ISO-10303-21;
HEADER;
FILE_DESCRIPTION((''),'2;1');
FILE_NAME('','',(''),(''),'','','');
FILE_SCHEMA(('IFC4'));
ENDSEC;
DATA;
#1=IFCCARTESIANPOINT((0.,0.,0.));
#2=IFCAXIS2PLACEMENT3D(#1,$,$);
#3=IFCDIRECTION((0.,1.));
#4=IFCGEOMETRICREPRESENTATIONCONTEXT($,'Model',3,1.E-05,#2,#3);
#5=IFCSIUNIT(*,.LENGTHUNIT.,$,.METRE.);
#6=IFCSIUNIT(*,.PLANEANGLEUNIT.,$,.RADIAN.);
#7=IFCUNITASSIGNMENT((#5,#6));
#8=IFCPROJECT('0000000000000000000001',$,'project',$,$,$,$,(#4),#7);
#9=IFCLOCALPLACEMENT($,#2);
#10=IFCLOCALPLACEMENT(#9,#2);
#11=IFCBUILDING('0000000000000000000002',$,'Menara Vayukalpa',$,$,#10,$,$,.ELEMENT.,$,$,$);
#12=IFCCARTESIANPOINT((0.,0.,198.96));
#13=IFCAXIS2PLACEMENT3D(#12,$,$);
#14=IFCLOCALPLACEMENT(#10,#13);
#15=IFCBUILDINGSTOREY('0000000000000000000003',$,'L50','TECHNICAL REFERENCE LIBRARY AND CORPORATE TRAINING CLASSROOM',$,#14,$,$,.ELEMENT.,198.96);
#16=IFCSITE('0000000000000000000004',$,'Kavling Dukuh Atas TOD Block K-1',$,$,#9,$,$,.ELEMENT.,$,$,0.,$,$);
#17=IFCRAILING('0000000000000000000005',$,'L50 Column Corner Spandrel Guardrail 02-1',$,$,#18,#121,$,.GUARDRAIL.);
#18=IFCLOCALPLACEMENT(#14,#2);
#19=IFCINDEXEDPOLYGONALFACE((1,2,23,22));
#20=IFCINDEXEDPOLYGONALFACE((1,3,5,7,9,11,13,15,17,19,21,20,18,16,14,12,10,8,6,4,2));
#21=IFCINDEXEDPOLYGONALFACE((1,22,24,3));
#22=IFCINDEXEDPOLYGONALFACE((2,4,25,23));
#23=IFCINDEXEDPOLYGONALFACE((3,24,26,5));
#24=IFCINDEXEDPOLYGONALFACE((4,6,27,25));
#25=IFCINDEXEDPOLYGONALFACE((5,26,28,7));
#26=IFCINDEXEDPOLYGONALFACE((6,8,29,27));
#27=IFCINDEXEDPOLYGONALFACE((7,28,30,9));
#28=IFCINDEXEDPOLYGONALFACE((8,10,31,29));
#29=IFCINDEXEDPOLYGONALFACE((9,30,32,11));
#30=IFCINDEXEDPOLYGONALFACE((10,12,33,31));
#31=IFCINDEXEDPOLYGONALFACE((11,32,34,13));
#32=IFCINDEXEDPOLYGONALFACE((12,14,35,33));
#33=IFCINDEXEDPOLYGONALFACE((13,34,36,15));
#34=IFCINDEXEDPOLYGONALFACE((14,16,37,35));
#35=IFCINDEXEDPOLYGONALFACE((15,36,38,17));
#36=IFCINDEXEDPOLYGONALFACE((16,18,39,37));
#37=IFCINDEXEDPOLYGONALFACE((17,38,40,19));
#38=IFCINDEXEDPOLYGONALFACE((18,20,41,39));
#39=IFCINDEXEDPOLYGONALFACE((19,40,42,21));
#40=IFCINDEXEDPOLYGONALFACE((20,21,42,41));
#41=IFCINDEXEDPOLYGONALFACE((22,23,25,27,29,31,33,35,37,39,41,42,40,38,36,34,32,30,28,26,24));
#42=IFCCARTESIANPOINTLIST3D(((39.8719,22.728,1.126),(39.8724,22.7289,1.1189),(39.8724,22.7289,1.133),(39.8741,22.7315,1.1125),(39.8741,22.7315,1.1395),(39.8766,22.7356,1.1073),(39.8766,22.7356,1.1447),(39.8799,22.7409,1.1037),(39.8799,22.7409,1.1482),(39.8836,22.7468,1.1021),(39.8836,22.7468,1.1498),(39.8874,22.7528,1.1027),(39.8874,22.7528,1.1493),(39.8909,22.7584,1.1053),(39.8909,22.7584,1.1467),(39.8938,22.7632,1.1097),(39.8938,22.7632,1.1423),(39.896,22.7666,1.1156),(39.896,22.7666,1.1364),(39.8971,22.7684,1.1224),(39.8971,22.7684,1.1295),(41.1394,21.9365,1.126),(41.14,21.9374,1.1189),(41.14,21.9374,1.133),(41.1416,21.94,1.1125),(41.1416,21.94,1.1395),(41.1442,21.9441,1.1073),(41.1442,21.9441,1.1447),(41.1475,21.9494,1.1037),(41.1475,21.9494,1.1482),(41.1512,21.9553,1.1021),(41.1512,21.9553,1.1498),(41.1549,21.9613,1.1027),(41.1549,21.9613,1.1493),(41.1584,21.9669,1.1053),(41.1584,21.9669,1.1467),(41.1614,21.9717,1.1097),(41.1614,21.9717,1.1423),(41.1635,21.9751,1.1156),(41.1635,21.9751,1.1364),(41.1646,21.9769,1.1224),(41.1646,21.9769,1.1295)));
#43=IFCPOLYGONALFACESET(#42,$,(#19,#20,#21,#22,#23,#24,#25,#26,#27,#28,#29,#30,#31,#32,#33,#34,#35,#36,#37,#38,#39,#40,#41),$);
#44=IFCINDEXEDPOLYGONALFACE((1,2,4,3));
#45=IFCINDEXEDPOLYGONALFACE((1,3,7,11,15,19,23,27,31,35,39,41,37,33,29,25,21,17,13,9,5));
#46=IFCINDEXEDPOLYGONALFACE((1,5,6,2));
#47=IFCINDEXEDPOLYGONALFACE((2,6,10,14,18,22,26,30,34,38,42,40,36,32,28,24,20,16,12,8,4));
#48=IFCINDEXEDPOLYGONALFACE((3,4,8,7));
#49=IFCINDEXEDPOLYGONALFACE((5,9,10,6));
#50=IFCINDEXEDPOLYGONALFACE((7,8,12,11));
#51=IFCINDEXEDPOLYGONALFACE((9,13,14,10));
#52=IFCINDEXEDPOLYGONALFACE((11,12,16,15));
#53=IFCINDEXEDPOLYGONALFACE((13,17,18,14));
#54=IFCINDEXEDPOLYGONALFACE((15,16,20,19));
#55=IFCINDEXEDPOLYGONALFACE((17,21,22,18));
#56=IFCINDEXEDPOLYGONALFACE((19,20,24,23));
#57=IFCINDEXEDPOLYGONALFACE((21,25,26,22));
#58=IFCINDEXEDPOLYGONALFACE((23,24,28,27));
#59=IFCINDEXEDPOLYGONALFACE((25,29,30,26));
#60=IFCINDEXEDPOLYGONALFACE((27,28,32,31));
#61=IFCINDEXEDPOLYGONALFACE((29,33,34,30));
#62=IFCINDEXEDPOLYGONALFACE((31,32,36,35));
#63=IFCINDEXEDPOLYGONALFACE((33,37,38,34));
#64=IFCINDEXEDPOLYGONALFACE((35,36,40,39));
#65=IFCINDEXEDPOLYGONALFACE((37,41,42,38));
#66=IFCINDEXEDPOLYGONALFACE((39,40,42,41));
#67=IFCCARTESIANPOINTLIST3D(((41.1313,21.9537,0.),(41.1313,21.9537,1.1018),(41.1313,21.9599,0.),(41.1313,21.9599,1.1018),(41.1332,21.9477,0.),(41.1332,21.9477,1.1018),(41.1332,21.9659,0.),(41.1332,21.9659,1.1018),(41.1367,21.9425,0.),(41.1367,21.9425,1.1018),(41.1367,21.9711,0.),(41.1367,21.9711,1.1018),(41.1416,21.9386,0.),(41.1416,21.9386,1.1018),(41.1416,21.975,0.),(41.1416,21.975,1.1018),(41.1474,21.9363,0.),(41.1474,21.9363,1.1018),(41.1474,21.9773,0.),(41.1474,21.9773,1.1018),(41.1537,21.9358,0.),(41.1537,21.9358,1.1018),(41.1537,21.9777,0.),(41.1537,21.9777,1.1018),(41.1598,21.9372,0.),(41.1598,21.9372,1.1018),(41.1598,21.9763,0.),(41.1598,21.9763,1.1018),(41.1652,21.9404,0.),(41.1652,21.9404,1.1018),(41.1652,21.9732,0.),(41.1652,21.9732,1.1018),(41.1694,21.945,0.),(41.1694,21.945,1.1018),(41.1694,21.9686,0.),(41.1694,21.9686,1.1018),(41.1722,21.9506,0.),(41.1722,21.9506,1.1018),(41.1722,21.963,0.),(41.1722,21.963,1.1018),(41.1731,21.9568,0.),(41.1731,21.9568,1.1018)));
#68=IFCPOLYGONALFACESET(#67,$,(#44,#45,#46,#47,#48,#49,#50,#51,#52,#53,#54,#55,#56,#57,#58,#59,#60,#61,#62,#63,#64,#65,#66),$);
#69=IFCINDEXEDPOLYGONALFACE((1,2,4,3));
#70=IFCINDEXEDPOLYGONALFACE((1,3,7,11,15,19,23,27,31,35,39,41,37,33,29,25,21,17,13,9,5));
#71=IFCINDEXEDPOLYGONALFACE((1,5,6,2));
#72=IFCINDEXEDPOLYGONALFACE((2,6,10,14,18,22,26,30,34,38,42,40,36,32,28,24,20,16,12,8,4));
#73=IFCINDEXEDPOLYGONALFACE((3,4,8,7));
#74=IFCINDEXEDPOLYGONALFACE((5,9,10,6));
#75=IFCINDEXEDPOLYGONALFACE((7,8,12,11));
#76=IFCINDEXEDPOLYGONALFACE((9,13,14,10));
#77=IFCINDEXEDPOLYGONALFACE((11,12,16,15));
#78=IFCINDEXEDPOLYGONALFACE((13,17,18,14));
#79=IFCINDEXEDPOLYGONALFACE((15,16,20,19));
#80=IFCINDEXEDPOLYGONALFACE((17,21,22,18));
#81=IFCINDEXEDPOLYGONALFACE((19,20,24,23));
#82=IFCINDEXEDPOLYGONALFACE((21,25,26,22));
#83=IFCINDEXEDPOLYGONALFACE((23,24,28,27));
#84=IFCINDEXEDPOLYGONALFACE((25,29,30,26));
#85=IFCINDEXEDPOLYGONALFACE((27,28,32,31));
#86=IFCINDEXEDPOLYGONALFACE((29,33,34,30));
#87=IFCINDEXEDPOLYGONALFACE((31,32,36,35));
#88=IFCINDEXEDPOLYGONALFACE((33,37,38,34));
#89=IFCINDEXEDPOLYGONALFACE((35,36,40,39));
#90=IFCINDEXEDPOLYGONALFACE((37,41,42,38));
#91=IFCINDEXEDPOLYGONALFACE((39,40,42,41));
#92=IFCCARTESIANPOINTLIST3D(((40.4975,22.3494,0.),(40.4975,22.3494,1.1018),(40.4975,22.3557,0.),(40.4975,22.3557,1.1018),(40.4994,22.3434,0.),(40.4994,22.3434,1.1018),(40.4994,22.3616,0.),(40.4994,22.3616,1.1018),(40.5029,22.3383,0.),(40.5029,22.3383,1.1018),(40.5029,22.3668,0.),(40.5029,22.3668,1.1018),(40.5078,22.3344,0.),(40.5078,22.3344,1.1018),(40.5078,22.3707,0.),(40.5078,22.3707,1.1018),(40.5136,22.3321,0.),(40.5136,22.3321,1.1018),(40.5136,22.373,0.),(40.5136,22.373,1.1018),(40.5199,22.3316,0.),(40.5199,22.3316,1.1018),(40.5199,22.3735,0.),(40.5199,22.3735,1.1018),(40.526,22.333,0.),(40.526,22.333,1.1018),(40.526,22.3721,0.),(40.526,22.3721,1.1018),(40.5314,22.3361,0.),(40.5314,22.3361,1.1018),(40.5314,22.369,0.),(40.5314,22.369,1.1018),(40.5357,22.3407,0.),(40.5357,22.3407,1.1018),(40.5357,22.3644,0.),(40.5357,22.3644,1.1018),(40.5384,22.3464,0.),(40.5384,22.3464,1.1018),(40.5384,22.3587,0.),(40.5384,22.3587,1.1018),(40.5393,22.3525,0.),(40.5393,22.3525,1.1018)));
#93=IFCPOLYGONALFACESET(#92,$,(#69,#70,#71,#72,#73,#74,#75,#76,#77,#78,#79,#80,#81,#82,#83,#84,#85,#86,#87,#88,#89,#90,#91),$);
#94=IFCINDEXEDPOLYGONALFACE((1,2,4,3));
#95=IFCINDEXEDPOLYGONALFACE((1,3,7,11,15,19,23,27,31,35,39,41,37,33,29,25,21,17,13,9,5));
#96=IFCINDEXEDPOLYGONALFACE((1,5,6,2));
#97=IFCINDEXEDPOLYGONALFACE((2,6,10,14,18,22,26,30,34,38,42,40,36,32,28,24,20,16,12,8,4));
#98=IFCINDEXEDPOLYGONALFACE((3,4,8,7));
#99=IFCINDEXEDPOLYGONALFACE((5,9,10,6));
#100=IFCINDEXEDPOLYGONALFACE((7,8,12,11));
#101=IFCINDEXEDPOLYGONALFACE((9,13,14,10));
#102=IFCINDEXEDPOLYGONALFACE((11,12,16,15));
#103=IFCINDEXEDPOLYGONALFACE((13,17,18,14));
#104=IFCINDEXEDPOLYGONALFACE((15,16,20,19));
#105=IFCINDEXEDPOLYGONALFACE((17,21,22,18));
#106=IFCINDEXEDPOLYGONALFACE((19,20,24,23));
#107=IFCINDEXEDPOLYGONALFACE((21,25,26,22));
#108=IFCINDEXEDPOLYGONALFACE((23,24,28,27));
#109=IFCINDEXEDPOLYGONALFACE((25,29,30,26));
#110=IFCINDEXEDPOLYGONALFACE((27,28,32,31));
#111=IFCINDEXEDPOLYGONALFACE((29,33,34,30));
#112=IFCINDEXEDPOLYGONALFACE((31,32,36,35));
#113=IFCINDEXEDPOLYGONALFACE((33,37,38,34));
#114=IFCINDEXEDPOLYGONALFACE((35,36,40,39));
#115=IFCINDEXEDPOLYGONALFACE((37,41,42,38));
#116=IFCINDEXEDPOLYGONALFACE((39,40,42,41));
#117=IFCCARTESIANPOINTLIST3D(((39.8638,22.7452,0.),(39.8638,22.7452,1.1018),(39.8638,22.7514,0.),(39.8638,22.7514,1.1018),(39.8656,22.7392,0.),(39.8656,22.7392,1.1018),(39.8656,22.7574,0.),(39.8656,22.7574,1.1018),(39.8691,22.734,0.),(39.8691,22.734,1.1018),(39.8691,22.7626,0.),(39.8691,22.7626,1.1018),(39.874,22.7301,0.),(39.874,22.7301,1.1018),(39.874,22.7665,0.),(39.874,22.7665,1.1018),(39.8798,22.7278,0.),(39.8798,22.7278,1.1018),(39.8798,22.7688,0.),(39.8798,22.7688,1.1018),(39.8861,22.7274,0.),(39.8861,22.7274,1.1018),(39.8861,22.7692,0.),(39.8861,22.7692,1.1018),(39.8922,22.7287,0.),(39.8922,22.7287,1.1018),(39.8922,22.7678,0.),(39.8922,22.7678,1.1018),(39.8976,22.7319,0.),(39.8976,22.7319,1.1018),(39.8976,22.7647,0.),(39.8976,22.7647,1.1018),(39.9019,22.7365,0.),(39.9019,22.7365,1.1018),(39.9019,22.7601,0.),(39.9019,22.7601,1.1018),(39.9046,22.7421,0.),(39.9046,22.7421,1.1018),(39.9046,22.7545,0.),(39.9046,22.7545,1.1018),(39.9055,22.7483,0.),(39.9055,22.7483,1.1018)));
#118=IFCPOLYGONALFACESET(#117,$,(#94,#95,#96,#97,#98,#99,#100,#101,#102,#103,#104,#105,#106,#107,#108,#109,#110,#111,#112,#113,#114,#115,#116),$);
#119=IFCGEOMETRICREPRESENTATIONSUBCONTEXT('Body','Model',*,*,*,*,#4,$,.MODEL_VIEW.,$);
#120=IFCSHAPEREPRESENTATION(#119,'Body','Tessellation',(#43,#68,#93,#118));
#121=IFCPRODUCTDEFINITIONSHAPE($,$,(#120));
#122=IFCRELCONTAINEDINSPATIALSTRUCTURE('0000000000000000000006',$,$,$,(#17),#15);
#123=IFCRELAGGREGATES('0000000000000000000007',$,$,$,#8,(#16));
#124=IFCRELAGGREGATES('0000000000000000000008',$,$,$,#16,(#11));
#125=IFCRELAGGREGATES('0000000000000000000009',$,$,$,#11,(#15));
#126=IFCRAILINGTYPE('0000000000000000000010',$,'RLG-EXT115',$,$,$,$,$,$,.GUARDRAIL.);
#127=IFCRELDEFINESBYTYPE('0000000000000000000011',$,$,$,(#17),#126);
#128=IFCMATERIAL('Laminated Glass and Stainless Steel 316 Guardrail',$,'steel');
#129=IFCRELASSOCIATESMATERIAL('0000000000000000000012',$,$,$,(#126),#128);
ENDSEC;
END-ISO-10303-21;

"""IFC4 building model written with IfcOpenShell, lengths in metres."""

from ifc_helpers import new_model, si_unit, direction, frame, origin, origin_2d, place, context, subcontext, project, spatial, circle, extrude, material, type_object, element, save


model = new_model("IFC4")

# Units and contexts
model_context = context("Model", 3, precision=1e-05, world=origin(), true_north=direction((0.0, 1.0)))
body_context = subcontext(model_context, "Body", "Model", "MODEL_VIEW")
ifc_project = project(units=[si_unit("LENGTHUNIT", "METRE"), si_unit("PLANEANGLEUNIT", "RADIAN")], contexts=[model_context])

# Site, building, storey
site_placement = place(None, origin())
site = spatial("IfcSite", under=ifc_project, at=site_placement, Name="Kavling Dukuh Atas TOD Block K-1", CompositionType="ELEMENT", RefElevation=0.0)
building_placement = place(site_placement, origin())
building = spatial("IfcBuilding", under=site, at=building_placement, Name="Menara Vayukalpa", CompositionType="ELEMENT")
storey_placement = place(building_placement, frame((0.0, 0.0, 198.96)))
storey = spatial("IfcBuildingStorey", under=building, at=storey_placement, Name="L50", Description="TECHNICAL REFERENCE LIBRARY AND CORPORATE TRAINING CLASSROOM", CompositionType="ELEMENT", Elevation=198.96)

# Railing
ifc_material_1 = material(Name="Laminated Glass and Stainless Steel 316 Guardrail", Category="steel")
railing_type_1 = type_object("IfcRailingType", Name="RLG-EXT115", PredefinedType="GUARDRAIL", material=ifc_material_1)
railing_1_placement = place(storey_placement, frame((41.1521, 21.9568, 0.0)))
element("IfcRailing", 1, at=railing_1_placement, inside=storey, type_object=railing_type_1, Name="L50 Column Corner Spandrel Guardrail 02-1", PredefinedType="GUARDRAIL", context=body_context, shape_type="SweptSolid", body=[
    extrude(circle(Radius=0.0239, at=origin_2d()), frame((0.0, 0.0, 1.126), z_axis=(-0.848219, 0.529646, 0.0), x_axis=(-0.529646, -0.848219, 0.0)), (0.0, 0.0, 1.0), 1.4944),
    extrude(circle(Radius=0.021, at=origin_2d()), origin(), (0.0, 0.0, 1.0), 1.1018),
    extrude(circle(Radius=0.021, at=origin_2d()), frame((-0.6338, 0.3958, 0.0)), (0.0, 0.0, 1.0), 1.1018),
    extrude(circle(Radius=0.021, at=origin_2d()), frame((-1.2676, 0.7915, 0.0)), (0.0, 0.0, 1.0), 1.1018),
])

save(model, "model.ifc")
